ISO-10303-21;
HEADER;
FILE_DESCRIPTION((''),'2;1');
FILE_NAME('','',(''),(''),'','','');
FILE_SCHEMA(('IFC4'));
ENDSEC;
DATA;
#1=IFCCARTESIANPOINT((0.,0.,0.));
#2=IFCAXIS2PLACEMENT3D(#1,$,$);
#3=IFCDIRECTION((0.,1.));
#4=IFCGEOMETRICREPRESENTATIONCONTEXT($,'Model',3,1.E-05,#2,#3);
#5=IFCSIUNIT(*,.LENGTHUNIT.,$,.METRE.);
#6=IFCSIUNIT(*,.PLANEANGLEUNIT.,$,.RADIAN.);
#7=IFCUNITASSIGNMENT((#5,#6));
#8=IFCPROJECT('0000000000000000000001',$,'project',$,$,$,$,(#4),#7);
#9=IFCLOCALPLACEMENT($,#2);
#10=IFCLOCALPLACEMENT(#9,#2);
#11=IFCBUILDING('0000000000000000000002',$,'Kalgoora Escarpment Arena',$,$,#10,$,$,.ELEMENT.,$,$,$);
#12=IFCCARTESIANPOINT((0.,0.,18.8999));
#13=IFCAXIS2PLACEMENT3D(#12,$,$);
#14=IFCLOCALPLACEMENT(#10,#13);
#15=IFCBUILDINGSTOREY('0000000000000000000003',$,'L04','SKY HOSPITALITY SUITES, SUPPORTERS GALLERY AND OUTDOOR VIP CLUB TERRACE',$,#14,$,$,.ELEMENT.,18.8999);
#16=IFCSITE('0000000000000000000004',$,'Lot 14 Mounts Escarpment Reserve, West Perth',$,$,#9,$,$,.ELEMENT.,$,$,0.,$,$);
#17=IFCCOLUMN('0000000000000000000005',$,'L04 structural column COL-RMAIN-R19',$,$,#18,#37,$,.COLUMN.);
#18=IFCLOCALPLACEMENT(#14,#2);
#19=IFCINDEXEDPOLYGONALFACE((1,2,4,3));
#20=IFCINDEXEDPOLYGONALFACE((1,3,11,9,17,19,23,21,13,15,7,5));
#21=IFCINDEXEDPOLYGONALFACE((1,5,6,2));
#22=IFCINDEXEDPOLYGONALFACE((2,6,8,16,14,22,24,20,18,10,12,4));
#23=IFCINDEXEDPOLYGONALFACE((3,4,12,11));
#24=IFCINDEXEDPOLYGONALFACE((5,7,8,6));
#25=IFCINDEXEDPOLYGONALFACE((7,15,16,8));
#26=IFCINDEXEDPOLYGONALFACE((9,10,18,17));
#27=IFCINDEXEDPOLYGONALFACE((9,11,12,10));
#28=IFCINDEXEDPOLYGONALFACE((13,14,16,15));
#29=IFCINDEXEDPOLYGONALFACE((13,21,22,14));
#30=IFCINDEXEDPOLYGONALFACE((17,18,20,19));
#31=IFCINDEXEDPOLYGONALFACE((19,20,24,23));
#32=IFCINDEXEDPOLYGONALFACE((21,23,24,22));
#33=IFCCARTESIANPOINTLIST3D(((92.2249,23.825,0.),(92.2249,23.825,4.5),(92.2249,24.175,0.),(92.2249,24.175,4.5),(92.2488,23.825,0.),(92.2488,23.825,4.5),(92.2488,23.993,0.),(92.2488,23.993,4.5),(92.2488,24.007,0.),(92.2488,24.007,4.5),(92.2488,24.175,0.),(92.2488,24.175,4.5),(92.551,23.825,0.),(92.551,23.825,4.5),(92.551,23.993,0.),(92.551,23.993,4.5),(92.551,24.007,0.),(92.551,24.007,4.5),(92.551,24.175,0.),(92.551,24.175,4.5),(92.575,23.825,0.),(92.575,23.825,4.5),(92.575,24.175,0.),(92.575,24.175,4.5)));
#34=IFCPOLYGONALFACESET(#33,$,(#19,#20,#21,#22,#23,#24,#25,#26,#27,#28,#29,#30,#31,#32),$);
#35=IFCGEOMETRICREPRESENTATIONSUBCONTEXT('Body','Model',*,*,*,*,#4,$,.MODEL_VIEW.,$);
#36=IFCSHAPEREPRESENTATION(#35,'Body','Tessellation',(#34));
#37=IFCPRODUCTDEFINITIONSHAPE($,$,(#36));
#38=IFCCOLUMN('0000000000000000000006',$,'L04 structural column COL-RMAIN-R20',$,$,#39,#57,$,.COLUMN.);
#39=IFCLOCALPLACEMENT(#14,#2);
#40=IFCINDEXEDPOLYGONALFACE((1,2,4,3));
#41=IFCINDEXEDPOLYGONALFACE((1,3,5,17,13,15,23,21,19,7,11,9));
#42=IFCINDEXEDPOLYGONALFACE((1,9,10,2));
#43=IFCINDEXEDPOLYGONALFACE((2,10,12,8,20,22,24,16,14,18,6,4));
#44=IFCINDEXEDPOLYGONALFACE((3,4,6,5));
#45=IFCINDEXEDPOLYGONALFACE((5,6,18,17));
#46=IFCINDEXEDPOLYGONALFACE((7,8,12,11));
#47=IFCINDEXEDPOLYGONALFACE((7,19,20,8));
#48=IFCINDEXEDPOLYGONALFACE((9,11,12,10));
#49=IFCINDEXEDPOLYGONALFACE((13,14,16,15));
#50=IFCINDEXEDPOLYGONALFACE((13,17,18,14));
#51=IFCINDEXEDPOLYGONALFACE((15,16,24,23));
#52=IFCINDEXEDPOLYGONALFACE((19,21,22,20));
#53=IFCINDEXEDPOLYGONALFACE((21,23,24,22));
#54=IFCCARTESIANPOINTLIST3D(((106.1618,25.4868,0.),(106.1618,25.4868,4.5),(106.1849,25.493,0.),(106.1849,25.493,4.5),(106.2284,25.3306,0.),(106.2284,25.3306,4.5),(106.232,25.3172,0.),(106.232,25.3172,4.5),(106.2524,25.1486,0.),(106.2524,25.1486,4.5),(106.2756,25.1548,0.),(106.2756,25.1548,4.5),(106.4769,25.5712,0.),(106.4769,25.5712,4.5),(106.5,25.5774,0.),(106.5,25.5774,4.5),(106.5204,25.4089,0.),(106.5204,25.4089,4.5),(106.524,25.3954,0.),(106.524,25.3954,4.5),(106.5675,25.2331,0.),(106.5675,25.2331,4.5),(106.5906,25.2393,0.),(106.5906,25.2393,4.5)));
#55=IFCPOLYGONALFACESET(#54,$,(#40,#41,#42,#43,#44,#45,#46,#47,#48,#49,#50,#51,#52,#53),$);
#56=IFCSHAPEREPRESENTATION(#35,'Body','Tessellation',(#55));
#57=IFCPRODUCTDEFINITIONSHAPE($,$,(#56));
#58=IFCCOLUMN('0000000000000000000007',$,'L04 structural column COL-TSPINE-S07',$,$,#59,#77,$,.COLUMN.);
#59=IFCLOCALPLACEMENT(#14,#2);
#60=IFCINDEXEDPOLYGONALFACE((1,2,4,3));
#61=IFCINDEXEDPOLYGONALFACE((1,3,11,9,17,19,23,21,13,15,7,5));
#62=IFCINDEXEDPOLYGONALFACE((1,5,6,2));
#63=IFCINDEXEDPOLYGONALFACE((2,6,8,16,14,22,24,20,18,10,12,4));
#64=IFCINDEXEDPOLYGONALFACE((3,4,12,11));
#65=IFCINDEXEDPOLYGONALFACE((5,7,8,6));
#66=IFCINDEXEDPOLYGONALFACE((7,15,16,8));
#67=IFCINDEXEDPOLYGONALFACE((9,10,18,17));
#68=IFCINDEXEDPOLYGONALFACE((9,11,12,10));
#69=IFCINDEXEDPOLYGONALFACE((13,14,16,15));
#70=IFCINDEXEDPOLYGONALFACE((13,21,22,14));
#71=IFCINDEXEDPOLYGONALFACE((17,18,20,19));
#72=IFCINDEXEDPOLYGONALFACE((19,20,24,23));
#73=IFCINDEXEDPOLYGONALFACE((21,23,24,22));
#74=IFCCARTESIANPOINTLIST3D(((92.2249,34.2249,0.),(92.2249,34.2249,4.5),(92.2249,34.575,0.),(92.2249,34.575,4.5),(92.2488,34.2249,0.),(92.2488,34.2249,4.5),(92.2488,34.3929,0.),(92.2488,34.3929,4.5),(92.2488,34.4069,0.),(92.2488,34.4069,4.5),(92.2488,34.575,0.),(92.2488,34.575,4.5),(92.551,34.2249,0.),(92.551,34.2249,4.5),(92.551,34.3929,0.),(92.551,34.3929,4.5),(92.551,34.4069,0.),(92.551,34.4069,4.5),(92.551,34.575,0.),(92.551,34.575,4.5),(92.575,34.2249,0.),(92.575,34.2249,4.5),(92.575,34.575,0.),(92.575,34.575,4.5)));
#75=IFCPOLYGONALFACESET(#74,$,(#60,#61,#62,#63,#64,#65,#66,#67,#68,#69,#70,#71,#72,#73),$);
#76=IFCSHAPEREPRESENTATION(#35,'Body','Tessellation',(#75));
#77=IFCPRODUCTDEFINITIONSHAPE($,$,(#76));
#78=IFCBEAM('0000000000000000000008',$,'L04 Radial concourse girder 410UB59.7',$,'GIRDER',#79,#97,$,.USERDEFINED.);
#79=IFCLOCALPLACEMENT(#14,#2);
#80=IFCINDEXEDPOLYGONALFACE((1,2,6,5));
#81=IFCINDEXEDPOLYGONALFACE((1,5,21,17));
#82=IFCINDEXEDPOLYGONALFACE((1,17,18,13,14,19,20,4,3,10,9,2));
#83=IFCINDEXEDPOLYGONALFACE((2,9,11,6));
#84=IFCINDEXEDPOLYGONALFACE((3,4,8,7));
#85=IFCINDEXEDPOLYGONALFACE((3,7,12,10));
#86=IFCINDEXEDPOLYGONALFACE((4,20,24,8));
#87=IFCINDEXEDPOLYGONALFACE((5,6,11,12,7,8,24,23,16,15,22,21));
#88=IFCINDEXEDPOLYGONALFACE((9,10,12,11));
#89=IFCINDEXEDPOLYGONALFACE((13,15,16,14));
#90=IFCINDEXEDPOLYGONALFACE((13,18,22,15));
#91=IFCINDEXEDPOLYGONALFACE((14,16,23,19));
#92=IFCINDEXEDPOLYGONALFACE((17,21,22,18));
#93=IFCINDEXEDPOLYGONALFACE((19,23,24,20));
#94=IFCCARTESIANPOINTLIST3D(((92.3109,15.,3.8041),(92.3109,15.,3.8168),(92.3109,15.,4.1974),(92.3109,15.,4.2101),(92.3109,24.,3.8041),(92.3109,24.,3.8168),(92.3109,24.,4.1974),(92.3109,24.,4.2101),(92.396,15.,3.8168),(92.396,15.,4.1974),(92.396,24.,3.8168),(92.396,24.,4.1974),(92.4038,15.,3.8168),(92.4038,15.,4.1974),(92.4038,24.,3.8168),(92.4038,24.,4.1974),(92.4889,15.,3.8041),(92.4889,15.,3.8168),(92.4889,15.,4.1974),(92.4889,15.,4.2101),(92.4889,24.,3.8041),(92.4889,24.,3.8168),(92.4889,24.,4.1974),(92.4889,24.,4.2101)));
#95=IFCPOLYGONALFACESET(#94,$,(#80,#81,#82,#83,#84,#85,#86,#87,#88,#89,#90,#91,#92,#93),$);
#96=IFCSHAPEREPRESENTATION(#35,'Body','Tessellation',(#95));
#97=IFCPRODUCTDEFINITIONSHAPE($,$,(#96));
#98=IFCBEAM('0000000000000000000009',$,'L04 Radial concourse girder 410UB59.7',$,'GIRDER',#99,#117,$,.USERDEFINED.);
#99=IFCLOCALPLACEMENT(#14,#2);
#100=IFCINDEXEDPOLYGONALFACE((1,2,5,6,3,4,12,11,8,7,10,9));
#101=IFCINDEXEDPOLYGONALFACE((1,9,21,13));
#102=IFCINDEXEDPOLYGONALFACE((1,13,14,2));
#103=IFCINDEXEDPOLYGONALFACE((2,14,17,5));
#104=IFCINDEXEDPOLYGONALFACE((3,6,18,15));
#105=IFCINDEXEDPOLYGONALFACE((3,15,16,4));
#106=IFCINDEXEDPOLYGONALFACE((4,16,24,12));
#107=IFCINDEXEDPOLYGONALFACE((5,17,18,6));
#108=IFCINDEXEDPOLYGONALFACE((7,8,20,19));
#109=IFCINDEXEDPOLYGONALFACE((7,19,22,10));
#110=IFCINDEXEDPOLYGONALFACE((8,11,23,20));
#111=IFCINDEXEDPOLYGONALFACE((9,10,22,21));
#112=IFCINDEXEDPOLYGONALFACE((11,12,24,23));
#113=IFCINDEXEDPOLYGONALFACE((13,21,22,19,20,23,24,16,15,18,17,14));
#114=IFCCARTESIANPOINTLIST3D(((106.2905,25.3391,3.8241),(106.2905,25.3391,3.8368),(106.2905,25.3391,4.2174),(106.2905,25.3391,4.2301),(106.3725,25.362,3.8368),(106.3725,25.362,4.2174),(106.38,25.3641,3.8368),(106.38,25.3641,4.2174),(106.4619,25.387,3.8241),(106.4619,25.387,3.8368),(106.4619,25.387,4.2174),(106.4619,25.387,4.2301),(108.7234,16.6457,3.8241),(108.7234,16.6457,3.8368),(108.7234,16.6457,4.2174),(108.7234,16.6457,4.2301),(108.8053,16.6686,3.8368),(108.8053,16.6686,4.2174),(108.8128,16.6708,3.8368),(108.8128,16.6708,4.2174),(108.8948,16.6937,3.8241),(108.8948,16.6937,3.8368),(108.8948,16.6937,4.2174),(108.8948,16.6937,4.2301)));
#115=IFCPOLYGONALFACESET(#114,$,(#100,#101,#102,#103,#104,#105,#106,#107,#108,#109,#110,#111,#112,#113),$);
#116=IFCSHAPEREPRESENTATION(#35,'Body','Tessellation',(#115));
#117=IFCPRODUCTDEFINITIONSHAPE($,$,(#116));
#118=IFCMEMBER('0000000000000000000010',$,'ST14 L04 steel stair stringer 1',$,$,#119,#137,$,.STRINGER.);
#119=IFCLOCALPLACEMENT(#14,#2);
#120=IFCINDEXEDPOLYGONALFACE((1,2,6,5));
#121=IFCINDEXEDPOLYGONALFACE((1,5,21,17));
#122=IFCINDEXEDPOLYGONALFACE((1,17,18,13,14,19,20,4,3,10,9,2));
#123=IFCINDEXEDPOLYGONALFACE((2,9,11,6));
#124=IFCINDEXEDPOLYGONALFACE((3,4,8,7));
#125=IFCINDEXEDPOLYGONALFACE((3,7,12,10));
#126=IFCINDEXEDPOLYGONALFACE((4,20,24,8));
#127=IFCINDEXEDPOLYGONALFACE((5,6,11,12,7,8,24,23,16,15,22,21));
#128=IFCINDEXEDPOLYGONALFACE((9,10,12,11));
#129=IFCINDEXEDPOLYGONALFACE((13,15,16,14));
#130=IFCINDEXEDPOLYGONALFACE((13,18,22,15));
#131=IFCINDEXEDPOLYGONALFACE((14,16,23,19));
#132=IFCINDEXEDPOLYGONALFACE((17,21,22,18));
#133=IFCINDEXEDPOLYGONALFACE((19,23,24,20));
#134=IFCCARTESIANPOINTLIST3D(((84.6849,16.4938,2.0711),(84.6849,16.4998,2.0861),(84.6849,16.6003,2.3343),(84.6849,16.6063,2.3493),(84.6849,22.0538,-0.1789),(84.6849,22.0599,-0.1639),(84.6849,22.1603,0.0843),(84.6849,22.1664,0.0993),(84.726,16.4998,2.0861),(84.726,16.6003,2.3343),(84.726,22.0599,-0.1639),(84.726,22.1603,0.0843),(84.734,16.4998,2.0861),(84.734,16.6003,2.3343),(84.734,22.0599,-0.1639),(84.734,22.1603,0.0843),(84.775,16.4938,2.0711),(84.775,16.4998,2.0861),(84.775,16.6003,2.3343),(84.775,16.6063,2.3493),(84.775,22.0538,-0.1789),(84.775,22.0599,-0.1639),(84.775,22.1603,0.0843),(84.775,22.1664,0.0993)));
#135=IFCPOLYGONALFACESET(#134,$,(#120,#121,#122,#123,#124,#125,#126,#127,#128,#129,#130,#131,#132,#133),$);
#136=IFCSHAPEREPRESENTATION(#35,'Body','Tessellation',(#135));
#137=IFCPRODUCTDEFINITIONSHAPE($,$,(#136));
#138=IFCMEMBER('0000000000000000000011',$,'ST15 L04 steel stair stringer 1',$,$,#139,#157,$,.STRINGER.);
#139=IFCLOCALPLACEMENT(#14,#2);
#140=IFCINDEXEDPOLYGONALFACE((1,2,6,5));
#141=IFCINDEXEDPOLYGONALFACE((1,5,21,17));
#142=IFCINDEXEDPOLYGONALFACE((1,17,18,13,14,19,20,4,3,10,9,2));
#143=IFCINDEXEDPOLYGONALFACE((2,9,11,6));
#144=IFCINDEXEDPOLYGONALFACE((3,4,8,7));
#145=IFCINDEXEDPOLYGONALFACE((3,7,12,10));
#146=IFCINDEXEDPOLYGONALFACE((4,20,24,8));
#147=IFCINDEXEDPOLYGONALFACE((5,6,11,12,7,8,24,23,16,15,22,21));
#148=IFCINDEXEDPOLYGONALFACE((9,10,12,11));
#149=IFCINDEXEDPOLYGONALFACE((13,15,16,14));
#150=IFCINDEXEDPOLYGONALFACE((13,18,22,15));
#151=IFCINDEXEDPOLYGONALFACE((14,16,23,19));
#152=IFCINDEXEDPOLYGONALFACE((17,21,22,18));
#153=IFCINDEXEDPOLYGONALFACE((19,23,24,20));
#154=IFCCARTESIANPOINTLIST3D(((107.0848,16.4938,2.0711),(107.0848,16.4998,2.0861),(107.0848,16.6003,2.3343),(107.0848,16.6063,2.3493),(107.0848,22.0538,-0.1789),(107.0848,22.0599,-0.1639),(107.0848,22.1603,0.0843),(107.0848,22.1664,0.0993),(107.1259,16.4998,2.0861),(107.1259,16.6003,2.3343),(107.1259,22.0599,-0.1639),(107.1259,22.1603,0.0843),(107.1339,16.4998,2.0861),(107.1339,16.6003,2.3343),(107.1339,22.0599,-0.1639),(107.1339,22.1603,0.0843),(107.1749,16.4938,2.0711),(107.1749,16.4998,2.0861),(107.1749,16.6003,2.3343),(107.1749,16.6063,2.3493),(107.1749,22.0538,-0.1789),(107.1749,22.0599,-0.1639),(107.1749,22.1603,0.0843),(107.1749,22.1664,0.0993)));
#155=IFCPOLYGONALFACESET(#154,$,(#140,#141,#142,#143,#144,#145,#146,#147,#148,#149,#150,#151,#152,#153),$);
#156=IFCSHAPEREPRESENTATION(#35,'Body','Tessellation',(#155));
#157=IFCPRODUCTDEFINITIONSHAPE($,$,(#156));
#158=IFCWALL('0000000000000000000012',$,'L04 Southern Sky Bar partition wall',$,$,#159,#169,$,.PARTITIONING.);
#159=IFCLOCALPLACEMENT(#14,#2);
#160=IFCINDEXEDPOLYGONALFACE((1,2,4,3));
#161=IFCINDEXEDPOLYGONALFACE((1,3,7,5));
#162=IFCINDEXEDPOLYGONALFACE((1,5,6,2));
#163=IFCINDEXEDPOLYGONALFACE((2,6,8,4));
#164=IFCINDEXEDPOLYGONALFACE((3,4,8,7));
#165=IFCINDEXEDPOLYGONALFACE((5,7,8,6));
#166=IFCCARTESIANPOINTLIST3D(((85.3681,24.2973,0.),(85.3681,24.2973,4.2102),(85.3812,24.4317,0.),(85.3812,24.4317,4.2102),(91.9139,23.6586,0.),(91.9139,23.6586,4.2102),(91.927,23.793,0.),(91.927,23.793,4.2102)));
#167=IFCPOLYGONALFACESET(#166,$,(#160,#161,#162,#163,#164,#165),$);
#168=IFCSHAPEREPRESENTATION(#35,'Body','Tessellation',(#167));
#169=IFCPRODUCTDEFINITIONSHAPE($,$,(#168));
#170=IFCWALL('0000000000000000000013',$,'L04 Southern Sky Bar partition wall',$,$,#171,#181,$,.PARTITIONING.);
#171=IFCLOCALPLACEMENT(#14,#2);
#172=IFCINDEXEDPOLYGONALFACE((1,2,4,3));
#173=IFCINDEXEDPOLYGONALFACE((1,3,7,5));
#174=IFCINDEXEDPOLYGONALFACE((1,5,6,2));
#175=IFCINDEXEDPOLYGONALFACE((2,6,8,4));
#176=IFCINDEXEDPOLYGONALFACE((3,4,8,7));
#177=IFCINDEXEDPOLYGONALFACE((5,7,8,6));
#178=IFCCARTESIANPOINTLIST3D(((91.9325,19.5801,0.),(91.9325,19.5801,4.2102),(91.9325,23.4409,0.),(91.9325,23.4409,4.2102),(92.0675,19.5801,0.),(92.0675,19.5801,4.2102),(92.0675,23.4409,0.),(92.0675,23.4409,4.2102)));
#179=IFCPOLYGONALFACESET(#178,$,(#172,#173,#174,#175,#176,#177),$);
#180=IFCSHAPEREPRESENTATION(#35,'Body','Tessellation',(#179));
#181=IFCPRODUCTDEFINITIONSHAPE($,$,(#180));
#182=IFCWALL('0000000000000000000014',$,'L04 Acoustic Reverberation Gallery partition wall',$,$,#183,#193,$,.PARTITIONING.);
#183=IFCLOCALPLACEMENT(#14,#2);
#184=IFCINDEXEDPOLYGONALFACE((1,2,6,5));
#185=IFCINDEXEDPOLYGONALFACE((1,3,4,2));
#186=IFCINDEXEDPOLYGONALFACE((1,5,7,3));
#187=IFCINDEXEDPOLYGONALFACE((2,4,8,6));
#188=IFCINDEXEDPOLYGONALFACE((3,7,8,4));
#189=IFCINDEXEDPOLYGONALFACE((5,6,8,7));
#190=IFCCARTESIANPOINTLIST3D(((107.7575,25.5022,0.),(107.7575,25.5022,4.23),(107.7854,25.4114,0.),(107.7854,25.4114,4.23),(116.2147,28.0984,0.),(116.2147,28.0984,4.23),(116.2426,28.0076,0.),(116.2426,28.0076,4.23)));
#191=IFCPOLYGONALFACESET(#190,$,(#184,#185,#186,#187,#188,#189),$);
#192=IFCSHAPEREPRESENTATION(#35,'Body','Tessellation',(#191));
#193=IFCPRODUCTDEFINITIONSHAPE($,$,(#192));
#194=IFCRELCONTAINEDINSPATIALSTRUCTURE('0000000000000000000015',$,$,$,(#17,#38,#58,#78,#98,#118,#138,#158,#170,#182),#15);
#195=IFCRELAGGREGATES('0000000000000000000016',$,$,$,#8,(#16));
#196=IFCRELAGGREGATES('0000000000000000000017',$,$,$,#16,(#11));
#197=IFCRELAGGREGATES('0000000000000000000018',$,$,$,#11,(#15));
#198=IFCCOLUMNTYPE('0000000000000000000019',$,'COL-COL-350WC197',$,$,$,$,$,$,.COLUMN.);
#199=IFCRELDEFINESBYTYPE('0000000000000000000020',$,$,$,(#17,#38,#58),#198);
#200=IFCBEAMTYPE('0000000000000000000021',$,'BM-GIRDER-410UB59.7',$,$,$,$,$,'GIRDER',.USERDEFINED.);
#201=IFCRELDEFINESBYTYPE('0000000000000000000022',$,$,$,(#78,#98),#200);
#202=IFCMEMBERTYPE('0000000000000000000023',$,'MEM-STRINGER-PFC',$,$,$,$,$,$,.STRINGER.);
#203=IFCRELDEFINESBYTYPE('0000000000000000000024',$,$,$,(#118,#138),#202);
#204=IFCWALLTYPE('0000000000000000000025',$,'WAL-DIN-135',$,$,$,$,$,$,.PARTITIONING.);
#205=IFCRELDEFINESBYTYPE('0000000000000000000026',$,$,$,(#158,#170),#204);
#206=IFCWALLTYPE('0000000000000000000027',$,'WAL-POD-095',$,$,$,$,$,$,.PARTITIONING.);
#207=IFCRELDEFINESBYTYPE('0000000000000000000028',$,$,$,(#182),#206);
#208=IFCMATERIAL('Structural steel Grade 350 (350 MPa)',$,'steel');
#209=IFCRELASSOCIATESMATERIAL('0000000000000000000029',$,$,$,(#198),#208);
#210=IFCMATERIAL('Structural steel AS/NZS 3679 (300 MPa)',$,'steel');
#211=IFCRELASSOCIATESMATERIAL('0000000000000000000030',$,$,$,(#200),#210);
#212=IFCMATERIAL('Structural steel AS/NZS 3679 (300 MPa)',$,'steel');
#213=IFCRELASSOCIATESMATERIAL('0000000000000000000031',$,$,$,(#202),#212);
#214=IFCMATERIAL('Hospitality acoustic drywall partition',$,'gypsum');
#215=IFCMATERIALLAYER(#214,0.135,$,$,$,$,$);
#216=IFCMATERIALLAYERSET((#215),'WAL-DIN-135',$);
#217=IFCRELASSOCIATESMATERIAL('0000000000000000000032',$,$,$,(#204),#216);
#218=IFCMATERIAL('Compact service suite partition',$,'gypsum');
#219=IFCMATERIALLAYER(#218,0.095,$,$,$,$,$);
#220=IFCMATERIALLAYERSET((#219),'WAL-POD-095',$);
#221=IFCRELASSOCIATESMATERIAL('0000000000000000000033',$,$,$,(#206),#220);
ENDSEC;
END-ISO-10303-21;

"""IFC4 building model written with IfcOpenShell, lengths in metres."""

from ifc_helpers import new_model, si_unit, direction, frame, frame_2d, origin, origin_2d, place, context, subcontext, project, spatial, rectangle, i_section, extrude, material, layer, layer_set, material_profile, profile_set, type_object, element, save


model = new_model("IFC4")

# Units and contexts
model_context = context("Model", 3, precision=1e-05, world=origin(), true_north=direction((0.0, 1.0)))
body_context = subcontext(model_context, "Body", "Model", "MODEL_VIEW")
ifc_project = project(units=[si_unit("LENGTHUNIT", "METRE"), si_unit("PLANEANGLEUNIT", "RADIAN")], contexts=[model_context])

# Site, building, storey
site_placement = place(None, origin())
site = spatial("IfcSite", under=ifc_project, at=site_placement, Name="Lot 14 Mounts Escarpment Reserve, West Perth", CompositionType="ELEMENT", RefElevation=0.0)
building_placement = place(site_placement, origin())
building = spatial("IfcBuilding", under=site, at=building_placement, Name="Kalgoora Escarpment Arena", CompositionType="ELEMENT")
storey_placement = place(building_placement, frame((0.0, 0.0, 18.8999)))
storey = spatial("IfcBuildingStorey", under=building, at=storey_placement, Name="L04", Description="SKY HOSPITALITY SUITES, SUPPORTERS GALLERY AND OUTDOOR VIP CLUB TERRACE", CompositionType="ELEMENT", Elevation=18.8999)

# Columns
ifc_material_1 = material(Name="Structural steel Grade 350 (350 MPa)", Category="steel")
ifc_material_profile_1 = material_profile(ifc_material_1, i_section(OverallWidth=0.3501, OverallDepth=0.3501, WebThickness=0.0139, FlangeThickness=0.0239, at=origin_2d()))
ifc_profile_set_1 = profile_set([ifc_material_profile_1], Name="Structural steel Grade 350 (350 MPa)")
column_type = type_object("IfcColumnType", Name="COL-COL-350WC197", PredefinedType="COLUMN", material=ifc_profile_set_1)
for number, where, z_axis, x_axis, name in (
    (1, (92.3999, 24.0, 0.0), (0.0, 0.0, 1.0), (0.0, -1.0, 0.0), "L04 structural column COL-RMAIN-R19"),
    (2, (106.3762, 25.363, 0.0), (0.0, 0.0, 1.0), (0.258819, -0.965926, 0.0), "L04 structural column COL-RMAIN-R20"),
    (3, (92.3999, 34.3999, 0.0), (0.0, 0.0, 1.0), (0.0, -1.0, 0.0), "L04 structural column COL-TSPINE-S07"),
):
    element("IfcColumn", number, at=place(storey_placement, frame(where, z_axis=z_axis, x_axis=x_axis)), inside=storey, type_object=column_type, Name=name, PredefinedType="COLUMN", context=body_context, shape_type="SweptSolid", body=[
        extrude(i_section(OverallWidth=0.3501, OverallDepth=0.3501, WebThickness=0.0139, FlangeThickness=0.0239, at=origin_2d()), origin(), (0.0, 0.0, 1.0), 4.5),
    ])

# Beams
ifc_material_2 = material(Name="Structural steel AS/NZS 3679 (300 MPa)", Category="steel")
ifc_material_profile_2 = material_profile(ifc_material_2, i_section(OverallWidth=0.178, OverallDepth=0.406, WebThickness=0.0078, FlangeThickness=0.0127, at=origin_2d()))
ifc_profile_set_2 = profile_set([ifc_material_profile_2], Name="Structural steel AS/NZS 3679 (300 MPa)")
beam_type = type_object("IfcBeamType", Name="BM-GIRDER-410UB59.7", ElementType="GIRDER", PredefinedType="USERDEFINED", material=ifc_profile_set_2)
beam_1_placement = place(storey_placement, frame((92.3999, 24.0, 4.0071), z_axis=(0.0, -1.0, 0.0), x_axis=(1.0, 0.0, 0.0)))
element("IfcBeam", 4, at=beam_1_placement, inside=storey, type_object=beam_type, Name="L04 Radial concourse girder 410UB59.7", ObjectType="GIRDER", PredefinedType="USERDEFINED", context=body_context, shape_type="SweptSolid", body=[
    extrude(i_section(OverallWidth=0.178, OverallDepth=0.406, WebThickness=0.0078, FlangeThickness=0.0127, at=origin_2d()), origin(), (0.0, 0.0, 1.0), 9.0),
])
beam_2_placement = place(storey_placement, frame((106.3762, 25.363, 4.0271), z_axis=(0.269499, -0.963001, 0.0), x_axis=(0.963001, 0.269499, 0.0)))
element("IfcBeam", 5, at=beam_2_placement, inside=storey, type_object=beam_type, Name="L04 Radial concourse girder 410UB59.7", ObjectType="GIRDER", PredefinedType="USERDEFINED", context=body_context, shape_type="SweptSolid", body=[
    extrude(i_section(OverallWidth=0.178, OverallDepth=0.406, WebThickness=0.0078, FlangeThickness=0.0127, at=origin_2d()), origin(), (0.0, 0.0, 1.0), 9.0273),
])

# Members
ifc_material_3 = material(Name="Structural steel AS/NZS 3679 (300 MPa)", Category="steel")
ifc_material_profile_3 = material_profile(ifc_material_3, i_section(OverallWidth=0.0901, OverallDepth=0.3, WebThickness=0.0081, FlangeThickness=0.0161, at=origin_2d()))
ifc_profile_set_3 = profile_set([ifc_material_profile_3], Name="Structural steel AS/NZS 3679 (300 MPa)")
member_type = type_object("IfcMemberType", Name="MEM-STRINGER-PFC", PredefinedType="STRINGER", material=ifc_profile_set_3)
for number, where, z_axis, x_axis, name in (
    (6, (84.73, 22.1101, -0.0398), (0.0, -0.926976, 0.375121), (1.0, 0.0, 0.0), "ST14 L04 steel stair stringer 1"),
    (7, (107.1299, 22.1101, -0.0398), (0.0, -0.926976, 0.375121), (1.0, 0.0, 0.0), "ST15 L04 steel stair stringer 1"),
):
    element("IfcMember", number, at=place(storey_placement, frame(where, z_axis=z_axis, x_axis=x_axis)), inside=storey, type_object=member_type, Name=name, PredefinedType="STRINGER", context=body_context, shape_type="SweptSolid", body=[
        extrude(i_section(OverallWidth=0.0901, OverallDepth=0.3, WebThickness=0.0081, FlangeThickness=0.0161, at=origin_2d()), origin(), (0.0, 0.0, 1.0), 5.998),
    ])

# Walls
ifc_material_4 = material(Name="Hospitality acoustic drywall partition", Category="gypsum")
ifc_layer_1 = layer(ifc_material_4, 0.135)
ifc_layer_set_1 = layer_set([ifc_layer_1], Name="WAL-DIN-135")
wall_type_1 = type_object("IfcWallType", Name="WAL-DIN-135", PredefinedType="PARTITIONING", material=ifc_layer_set_1)
wall_1_placement = place(storey_placement, frame((85.3745, 24.3645, 0.0), z_axis=(0.0, 0.0, 1.0), x_axis=(0.995274, -0.097107, 0.0)))
element("IfcWall", 8, at=wall_1_placement, inside=storey, type_object=wall_type_1, Name="L04 Southern Sky Bar partition wall", PredefinedType="PARTITIONING", context=body_context, shape_type="SweptSolid", body=[
    extrude(rectangle(XDim=6.5769, YDim=0.135, at=frame_2d((3.2886, 0.0))), origin(), (0.0, 0.0, 1.0), 4.2102),
])
wall_2_placement = place(storey_placement, frame((92.0, 23.4409, 0.0), z_axis=(0.0, 0.0, 1.0), x_axis=(0.0, -1.0, 0.0)))
element("IfcWall", 9, at=wall_2_placement, inside=storey, type_object=wall_type_1, Name="L04 Southern Sky Bar partition wall", PredefinedType="PARTITIONING", context=body_context, shape_type="SweptSolid", body=[
    extrude(rectangle(XDim=3.8608, YDim=0.135, at=frame_2d((1.9304, 0.0))), origin(), (0.0, 0.0, 1.0), 4.2102),
])
ifc_material_5 = material(Name="Compact service suite partition", Category="gypsum")
ifc_layer_2 = layer(ifc_material_5, 0.095)
ifc_layer_set_2 = layer_set([ifc_layer_2], Name="WAL-POD-095")
wall_type_2 = type_object("IfcWallType", Name="WAL-POD-095", PredefinedType="PARTITIONING", material=ifc_layer_set_2)
wall_3_placement = place(storey_placement, frame((107.7715, 25.4568, 0.0), z_axis=(0.0, 0.0, 1.0), x_axis=(0.955969, 0.293469, 0.0)))
element("IfcWall", 10, at=wall_3_placement, inside=storey, type_object=wall_type_2, Name="L04 Acoustic Reverberation Gallery partition wall", PredefinedType="PARTITIONING", context=body_context, shape_type="SweptSolid", body=[
    extrude(rectangle(XDim=8.8467, YDim=0.095, at=frame_2d((4.4233, 0.0))), origin(), (0.0, 0.0, 1.0), 4.23),
])

save(model, "model.ifc")
